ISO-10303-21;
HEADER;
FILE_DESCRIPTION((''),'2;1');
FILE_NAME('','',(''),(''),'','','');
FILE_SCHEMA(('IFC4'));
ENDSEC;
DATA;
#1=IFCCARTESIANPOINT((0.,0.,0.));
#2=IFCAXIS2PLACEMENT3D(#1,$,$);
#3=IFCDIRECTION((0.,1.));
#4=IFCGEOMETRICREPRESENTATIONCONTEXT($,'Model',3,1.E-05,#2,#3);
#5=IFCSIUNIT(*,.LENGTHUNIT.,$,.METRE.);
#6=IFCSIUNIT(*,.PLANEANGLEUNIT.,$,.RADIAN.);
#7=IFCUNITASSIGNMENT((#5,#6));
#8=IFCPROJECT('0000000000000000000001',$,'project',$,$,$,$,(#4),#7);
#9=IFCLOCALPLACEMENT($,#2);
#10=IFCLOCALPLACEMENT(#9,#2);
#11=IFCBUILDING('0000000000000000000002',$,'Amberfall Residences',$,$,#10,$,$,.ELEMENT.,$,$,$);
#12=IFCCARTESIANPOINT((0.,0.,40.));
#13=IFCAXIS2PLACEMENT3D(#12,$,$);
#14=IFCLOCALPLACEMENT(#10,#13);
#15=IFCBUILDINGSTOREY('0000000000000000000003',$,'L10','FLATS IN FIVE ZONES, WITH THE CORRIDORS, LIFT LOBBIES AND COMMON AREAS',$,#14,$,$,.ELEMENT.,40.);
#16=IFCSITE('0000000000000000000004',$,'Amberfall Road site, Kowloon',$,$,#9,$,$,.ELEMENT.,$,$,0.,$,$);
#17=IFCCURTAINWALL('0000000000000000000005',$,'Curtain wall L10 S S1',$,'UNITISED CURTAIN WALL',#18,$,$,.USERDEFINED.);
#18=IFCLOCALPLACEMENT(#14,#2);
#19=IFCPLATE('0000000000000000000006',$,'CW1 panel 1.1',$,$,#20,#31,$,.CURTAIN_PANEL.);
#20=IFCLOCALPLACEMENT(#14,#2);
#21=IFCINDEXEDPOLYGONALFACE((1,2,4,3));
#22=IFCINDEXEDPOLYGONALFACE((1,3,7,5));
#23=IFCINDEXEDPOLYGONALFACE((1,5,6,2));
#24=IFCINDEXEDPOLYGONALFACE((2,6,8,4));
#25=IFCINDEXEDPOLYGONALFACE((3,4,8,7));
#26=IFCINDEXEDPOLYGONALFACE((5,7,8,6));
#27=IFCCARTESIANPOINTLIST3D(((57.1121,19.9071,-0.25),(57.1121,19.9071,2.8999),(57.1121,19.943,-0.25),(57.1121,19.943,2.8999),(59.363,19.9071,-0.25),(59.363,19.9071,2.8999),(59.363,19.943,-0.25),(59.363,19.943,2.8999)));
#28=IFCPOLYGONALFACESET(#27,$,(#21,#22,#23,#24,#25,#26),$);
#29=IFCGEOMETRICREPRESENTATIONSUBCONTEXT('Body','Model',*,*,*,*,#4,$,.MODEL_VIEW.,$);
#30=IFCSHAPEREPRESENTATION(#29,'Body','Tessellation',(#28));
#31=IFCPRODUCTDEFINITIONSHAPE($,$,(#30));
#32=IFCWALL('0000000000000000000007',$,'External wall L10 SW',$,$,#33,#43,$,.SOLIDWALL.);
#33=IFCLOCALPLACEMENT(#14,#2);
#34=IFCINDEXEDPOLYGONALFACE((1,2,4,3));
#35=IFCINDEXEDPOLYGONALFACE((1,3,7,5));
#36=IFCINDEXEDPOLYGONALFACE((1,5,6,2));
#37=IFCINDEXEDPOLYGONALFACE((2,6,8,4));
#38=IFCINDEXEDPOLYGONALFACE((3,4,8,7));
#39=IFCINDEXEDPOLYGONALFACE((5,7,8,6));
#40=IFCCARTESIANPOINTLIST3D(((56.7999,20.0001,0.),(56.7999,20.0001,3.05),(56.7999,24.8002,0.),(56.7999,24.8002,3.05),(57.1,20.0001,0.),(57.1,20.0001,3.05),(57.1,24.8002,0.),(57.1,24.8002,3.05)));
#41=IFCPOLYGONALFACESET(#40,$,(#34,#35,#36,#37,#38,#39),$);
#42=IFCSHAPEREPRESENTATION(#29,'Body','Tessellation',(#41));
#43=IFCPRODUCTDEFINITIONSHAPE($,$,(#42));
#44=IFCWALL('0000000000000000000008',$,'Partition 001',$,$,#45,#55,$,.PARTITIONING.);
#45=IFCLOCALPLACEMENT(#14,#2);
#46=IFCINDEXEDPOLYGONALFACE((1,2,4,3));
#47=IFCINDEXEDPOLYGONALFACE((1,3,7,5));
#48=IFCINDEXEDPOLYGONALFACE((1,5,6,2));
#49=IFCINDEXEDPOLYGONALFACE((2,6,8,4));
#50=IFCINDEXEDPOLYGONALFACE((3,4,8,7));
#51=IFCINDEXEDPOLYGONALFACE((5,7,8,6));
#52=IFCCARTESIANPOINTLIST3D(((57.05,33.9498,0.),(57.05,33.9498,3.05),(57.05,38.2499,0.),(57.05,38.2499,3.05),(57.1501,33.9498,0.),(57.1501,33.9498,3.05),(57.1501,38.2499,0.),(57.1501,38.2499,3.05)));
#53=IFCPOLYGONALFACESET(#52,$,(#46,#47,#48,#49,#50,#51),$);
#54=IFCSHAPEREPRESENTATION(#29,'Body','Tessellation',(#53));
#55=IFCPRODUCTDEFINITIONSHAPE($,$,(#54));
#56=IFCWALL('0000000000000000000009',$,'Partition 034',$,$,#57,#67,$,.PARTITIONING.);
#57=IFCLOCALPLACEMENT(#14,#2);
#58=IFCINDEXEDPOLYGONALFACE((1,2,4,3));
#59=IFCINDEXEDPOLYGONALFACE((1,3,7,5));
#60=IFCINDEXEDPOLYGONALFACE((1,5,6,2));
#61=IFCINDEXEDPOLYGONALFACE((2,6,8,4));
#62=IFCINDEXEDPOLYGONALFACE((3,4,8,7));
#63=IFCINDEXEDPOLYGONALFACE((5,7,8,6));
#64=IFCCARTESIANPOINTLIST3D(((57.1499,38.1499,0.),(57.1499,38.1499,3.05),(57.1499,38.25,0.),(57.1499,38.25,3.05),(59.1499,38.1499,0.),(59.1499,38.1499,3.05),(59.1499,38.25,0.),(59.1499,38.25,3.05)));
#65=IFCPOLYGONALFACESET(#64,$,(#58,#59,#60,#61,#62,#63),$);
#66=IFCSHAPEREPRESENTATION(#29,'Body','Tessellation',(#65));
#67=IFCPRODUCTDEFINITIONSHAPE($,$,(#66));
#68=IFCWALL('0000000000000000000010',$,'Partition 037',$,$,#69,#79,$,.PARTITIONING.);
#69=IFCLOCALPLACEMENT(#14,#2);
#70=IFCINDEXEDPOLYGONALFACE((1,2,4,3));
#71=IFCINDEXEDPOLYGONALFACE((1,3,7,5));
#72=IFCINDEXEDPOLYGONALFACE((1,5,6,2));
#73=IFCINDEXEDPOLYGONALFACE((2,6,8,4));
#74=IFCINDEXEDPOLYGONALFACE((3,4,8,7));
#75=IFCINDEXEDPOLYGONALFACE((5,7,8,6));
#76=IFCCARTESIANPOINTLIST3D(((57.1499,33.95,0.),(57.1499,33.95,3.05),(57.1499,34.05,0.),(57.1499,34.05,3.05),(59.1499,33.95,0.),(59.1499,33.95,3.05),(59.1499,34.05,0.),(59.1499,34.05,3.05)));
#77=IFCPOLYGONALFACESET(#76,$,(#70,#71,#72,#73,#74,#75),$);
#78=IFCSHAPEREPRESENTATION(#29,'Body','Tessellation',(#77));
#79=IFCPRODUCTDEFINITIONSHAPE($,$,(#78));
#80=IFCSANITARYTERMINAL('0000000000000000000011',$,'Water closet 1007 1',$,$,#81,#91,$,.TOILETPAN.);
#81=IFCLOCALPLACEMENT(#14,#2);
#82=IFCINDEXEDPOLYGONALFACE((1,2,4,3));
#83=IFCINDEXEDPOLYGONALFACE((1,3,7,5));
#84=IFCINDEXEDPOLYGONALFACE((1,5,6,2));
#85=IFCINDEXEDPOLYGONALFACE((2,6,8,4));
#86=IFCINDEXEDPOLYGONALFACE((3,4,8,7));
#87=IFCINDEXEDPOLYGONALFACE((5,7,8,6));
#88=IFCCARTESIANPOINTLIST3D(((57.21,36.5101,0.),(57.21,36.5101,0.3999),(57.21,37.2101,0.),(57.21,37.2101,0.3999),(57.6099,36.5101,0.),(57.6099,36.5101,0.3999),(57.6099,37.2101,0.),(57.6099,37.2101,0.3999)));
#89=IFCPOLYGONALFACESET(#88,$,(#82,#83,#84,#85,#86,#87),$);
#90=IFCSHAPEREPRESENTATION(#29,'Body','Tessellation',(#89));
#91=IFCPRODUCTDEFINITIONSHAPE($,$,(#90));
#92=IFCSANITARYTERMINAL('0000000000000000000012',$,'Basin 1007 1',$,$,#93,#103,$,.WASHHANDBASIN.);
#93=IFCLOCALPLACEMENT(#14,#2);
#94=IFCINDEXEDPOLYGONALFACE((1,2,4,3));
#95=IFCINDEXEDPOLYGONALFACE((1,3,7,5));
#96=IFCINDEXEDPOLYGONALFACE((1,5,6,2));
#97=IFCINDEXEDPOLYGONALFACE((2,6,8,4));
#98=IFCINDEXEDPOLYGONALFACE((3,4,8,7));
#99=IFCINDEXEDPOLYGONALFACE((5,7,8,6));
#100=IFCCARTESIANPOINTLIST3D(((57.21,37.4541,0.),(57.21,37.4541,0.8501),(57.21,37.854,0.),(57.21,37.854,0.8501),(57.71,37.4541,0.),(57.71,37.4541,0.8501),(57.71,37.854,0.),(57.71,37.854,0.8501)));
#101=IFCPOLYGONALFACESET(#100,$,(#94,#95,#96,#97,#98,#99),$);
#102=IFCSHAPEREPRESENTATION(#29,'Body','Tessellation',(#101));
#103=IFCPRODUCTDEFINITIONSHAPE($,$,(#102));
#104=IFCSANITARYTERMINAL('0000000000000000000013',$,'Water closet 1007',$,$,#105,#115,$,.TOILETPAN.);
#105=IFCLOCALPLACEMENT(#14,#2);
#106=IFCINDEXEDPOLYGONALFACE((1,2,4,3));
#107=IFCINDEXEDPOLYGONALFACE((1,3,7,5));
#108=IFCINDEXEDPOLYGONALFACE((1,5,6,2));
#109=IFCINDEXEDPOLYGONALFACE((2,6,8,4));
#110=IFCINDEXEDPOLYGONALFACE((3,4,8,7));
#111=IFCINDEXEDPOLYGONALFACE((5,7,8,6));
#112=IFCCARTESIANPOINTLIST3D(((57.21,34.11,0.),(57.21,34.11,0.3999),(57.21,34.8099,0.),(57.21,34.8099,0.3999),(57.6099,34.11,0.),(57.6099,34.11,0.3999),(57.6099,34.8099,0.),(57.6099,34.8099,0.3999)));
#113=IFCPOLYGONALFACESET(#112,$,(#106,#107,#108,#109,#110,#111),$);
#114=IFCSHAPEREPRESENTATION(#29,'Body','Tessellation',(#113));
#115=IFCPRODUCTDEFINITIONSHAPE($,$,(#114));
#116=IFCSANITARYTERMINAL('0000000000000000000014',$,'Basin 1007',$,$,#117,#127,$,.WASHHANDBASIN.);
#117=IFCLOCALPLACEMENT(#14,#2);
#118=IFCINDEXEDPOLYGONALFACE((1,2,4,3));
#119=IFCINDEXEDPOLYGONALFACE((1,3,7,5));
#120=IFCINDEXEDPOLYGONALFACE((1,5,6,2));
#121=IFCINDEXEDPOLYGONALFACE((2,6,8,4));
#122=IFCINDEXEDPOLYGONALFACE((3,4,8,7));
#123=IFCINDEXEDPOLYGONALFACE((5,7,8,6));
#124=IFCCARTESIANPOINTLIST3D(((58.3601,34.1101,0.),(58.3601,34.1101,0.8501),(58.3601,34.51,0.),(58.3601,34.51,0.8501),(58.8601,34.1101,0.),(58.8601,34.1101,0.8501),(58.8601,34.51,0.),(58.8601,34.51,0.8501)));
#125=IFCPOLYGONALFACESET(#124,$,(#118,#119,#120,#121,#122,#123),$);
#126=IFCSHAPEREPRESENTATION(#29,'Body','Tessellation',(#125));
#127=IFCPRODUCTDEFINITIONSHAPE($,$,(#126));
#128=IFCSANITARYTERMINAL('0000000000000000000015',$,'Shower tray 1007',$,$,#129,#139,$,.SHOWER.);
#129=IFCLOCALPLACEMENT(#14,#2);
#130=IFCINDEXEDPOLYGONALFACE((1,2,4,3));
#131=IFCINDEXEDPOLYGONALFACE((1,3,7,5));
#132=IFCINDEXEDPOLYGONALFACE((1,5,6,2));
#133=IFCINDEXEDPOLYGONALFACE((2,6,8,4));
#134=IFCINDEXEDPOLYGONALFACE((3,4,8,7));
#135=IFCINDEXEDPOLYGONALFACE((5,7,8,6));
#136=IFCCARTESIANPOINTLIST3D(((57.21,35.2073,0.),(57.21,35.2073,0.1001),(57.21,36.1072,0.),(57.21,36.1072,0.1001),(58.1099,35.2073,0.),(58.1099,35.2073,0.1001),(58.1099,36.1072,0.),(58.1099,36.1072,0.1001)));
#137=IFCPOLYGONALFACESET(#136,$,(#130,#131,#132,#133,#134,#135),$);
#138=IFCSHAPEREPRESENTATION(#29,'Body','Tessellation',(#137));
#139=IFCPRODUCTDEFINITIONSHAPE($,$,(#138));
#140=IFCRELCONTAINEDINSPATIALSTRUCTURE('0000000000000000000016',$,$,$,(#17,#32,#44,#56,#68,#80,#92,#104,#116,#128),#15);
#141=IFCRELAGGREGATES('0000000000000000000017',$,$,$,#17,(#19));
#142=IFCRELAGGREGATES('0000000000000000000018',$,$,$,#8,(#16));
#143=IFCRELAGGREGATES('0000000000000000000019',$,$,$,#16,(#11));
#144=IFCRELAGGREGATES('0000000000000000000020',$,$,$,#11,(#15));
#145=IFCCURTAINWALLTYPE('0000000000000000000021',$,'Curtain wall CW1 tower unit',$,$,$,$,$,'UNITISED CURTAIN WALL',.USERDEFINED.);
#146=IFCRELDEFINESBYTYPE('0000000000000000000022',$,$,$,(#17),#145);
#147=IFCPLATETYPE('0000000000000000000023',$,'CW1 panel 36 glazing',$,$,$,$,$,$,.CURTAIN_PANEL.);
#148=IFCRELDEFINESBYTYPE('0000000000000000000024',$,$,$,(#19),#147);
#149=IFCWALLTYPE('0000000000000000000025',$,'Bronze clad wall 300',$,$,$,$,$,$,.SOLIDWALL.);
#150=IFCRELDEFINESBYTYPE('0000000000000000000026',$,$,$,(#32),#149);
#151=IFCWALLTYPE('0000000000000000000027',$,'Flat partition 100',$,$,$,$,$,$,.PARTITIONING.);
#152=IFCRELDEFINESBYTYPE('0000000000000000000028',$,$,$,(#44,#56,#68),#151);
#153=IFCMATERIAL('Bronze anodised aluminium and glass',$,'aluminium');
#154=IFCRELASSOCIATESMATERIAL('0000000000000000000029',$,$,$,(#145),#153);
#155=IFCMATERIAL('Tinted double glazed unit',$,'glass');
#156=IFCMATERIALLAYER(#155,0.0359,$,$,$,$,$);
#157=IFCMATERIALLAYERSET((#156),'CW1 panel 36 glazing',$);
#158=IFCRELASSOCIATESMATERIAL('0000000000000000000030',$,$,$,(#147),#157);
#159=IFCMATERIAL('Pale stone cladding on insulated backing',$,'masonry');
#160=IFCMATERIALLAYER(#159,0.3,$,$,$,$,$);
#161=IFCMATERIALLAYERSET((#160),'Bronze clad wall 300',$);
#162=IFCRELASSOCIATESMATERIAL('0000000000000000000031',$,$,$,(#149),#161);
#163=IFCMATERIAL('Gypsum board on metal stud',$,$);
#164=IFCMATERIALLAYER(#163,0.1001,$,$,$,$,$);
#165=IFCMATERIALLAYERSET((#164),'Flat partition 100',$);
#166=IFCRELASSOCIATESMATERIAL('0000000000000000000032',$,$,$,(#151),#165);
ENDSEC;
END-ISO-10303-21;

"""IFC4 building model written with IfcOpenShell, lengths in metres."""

from ifc_helpers import new_model, si_unit, direction, frame, frame_2d, origin, origin_2d, place, context, subcontext, project, spatial, rectangle, extrude, material, layer, layer_set, type_object, element, aggregate, save


model = new_model("IFC4")

# Units and contexts
model_context = context("Model", 3, precision=1e-05, world=origin(), true_north=direction((0.0, 1.0)))
body_context = subcontext(model_context, "Body", "Model", "MODEL_VIEW")
ifc_project = project(units=[si_unit("LENGTHUNIT", "METRE"), si_unit("PLANEANGLEUNIT", "RADIAN")], contexts=[model_context])

# Site, building, storey
site_placement = place(None, origin())
site = spatial("IfcSite", under=ifc_project, at=site_placement, Name="Amberfall Road site, Kowloon", CompositionType="ELEMENT", RefElevation=0.0)
building_placement = place(site_placement, origin())
building = spatial("IfcBuilding", under=site, at=building_placement, Name="Amberfall Residences", CompositionType="ELEMENT")
storey_placement = place(building_placement, frame((0.0, 0.0, 40.0)))
storey = spatial("IfcBuildingStorey", under=building, at=storey_placement, Name="L10", Description="FLATS IN FIVE ZONES, WITH THE CORRIDORS, LIFT LOBBIES AND COMMON AREAS", CompositionType="ELEMENT", Elevation=40.0)

# Curtain wall
ifc_material_1 = material(Name="Bronze anodised aluminium and glass", Category="aluminium")
curtain_wall_type = type_object("IfcCurtainWallType", Name="Curtain wall CW1 tower unit", ElementType="UNITISED CURTAIN WALL", PredefinedType="USERDEFINED", material=ifc_material_1)
curtain_wall_placement = place(storey_placement, origin())
curtain_wall = element("IfcCurtainWall", 1, at=curtain_wall_placement, inside=storey, type_object=curtain_wall_type, Name="Curtain wall L10 S S1", ObjectType="UNITISED CURTAIN WALL", PredefinedType="USERDEFINED")

# Plate
ifc_material_2 = material(Name="Tinted double glazed unit", Category="glass")
ifc_layer_1 = layer(ifc_material_2, 0.0359)
ifc_layer_set_1 = layer_set([ifc_layer_1], Name="CW1 panel 36 glazing")
plate_type = type_object("IfcPlateType", Name="CW1 panel 36 glazing", PredefinedType="CURTAIN_PANEL", material=ifc_layer_set_1)
plate_placement = place(storey_placement, frame((58.2375, 19.925, -0.25), z_axis=(0.0, 0.0, 1.0), x_axis=(1.0, 0.0, 0.0)))
plate = element("IfcPlate", 2, at=plate_placement, type_object=plate_type, Name="CW1 panel 1.1", PredefinedType="CURTAIN_PANEL", context=body_context, shape_type="SweptSolid", body=[
    extrude(rectangle(XDim=2.251, YDim=0.0359, at=origin_2d()), origin(), (0.0, 0.0, 1.0), 3.1499),
])
aggregate(curtain_wall, [plate])

# Walls
ifc_material_3 = material(Name="Pale stone cladding on insulated backing", Category="masonry")
ifc_layer_2 = layer(ifc_material_3, 0.3)
ifc_layer_set_2 = layer_set([ifc_layer_2], Name="Bronze clad wall 300")
wall_type_1 = type_object("IfcWallType", Name="Bronze clad wall 300", PredefinedType="SOLIDWALL", material=ifc_layer_set_2)
wall_1_placement = place(storey_placement, frame((56.95, 24.8, 0.0), z_axis=(0.0, 0.0, 1.0), x_axis=(0.0, -1.0, 0.0)))
element("IfcWall", 3, at=wall_1_placement, inside=storey, type_object=wall_type_1, Name="External wall L10 SW", PredefinedType="SOLIDWALL", context=body_context, shape_type="SweptSolid", body=[
    extrude(rectangle(XDim=4.8, YDim=0.3, at=frame_2d((2.3999, 0.0))), origin(), (0.0, 0.0, 1.0), 3.05),
])
ifc_material_4 = material(Name="Gypsum board on metal stud")
ifc_layer_3 = layer(ifc_material_4, 0.1001)
ifc_layer_set_3 = layer_set([ifc_layer_3], Name="Flat partition 100")
wall_type_2 = type_object("IfcWallType", Name="Flat partition 100", PredefinedType="PARTITIONING", material=ifc_layer_set_3)
wall_2_placement = place(storey_placement, frame((57.1001, 33.95, 0.0), z_axis=(0.0, 0.0, 1.0), x_axis=(0.0, 1.0, 0.0)))
element("IfcWall", 4, at=wall_2_placement, inside=storey, type_object=wall_type_2, Name="Partition 001", PredefinedType="PARTITIONING", context=body_context, shape_type="SweptSolid", body=[
    extrude(rectangle(XDim=4.3, YDim=0.1001, at=frame_2d((2.1499, 0.0))), origin(), (0.0, 0.0, 1.0), 3.05),
])
for number, where, z_axis, x_axis, name in (
    (5, (57.1499, 38.2, 0.0), (0.0, 0.0, 1.0), (1.0, 0.0, 0.0), "Partition 034"),
    (6, (57.1499, 34.0, 0.0), (0.0, 0.0, 1.0), (1.0, 0.0, 0.0), "Partition 037"),
):
    element("IfcWall", number, at=place(storey_placement, frame(where, z_axis=z_axis, x_axis=x_axis)), inside=storey, type_object=wall_type_2, Name=name, PredefinedType="PARTITIONING", context=body_context, shape_type="SweptSolid", body=[
        extrude(rectangle(XDim=2.0, YDim=0.1001, at=frame_2d((1.0, 0.0))), origin(), (0.0, 0.0, 1.0), 3.05),
    ])

# Sanitary terminals
sanitary_terminal_1_placement = place(storey_placement, frame((57.4099, 36.8601, 0.0), z_axis=(0.0, 0.0, 1.0), x_axis=(1.0, 0.0, 0.0)))
element("IfcSanitaryTerminal", 7, at=sanitary_terminal_1_placement, inside=storey, Name="Water closet 1007 1", PredefinedType="TOILETPAN", context=body_context, shape_type="SweptSolid", body=[
    extrude(rectangle(XDim=0.3999, YDim=0.7, at=origin_2d()), origin(), (0.0, 0.0, 1.0), 0.3999),
])
sanitary_terminal_2_placement = place(storey_placement, frame((57.46, 37.6541, 0.0), z_axis=(0.0, 0.0, 1.0), x_axis=(1.0, 0.0, 0.0)))
element("IfcSanitaryTerminal", 8, at=sanitary_terminal_2_placement, inside=storey, Name="Basin 1007 1", PredefinedType="WASHHANDBASIN", context=body_context, shape_type="SweptSolid", body=[
    extrude(rectangle(XDim=0.5, YDim=0.3999, at=origin_2d()), origin(), (0.0, 0.0, 1.0), 0.8501),
])
sanitary_terminal_3_placement = place(storey_placement, frame((57.4099, 34.46, 0.0), z_axis=(0.0, 0.0, 1.0), x_axis=(1.0, 0.0, 0.0)))
element("IfcSanitaryTerminal", 9, at=sanitary_terminal_3_placement, inside=storey, Name="Water closet 1007", PredefinedType="TOILETPAN", context=body_context, shape_type="SweptSolid", body=[
    extrude(rectangle(XDim=0.3999, YDim=0.7, at=origin_2d()), origin(), (0.0, 0.0, 1.0), 0.3999),
])
sanitary_terminal_4_placement = place(storey_placement, frame((58.6101, 34.3101, 0.0), z_axis=(0.0, 0.0, 1.0), x_axis=(1.0, 0.0, 0.0)))
element("IfcSanitaryTerminal", 10, at=sanitary_terminal_4_placement, inside=storey, Name="Basin 1007", PredefinedType="WASHHANDBASIN", context=body_context, shape_type="SweptSolid", body=[
    extrude(rectangle(XDim=0.5, YDim=0.3999, at=origin_2d()), origin(), (0.0, 0.0, 1.0), 0.8501),
])
sanitary_terminal_5_placement = place(storey_placement, frame((57.6599, 35.6572, 0.0), z_axis=(0.0, 0.0, 1.0), x_axis=(1.0, 0.0, 0.0)))
element("IfcSanitaryTerminal", 11, at=sanitary_terminal_5_placement, inside=storey, Name="Shower tray 1007", PredefinedType="SHOWER", context=body_context, shape_type="SweptSolid", body=[
    extrude(rectangle(XDim=0.8999, YDim=0.8999, at=origin_2d()), origin(), (0.0, 0.0, 1.0), 0.1001),
])

save(model, "model.ifc")
